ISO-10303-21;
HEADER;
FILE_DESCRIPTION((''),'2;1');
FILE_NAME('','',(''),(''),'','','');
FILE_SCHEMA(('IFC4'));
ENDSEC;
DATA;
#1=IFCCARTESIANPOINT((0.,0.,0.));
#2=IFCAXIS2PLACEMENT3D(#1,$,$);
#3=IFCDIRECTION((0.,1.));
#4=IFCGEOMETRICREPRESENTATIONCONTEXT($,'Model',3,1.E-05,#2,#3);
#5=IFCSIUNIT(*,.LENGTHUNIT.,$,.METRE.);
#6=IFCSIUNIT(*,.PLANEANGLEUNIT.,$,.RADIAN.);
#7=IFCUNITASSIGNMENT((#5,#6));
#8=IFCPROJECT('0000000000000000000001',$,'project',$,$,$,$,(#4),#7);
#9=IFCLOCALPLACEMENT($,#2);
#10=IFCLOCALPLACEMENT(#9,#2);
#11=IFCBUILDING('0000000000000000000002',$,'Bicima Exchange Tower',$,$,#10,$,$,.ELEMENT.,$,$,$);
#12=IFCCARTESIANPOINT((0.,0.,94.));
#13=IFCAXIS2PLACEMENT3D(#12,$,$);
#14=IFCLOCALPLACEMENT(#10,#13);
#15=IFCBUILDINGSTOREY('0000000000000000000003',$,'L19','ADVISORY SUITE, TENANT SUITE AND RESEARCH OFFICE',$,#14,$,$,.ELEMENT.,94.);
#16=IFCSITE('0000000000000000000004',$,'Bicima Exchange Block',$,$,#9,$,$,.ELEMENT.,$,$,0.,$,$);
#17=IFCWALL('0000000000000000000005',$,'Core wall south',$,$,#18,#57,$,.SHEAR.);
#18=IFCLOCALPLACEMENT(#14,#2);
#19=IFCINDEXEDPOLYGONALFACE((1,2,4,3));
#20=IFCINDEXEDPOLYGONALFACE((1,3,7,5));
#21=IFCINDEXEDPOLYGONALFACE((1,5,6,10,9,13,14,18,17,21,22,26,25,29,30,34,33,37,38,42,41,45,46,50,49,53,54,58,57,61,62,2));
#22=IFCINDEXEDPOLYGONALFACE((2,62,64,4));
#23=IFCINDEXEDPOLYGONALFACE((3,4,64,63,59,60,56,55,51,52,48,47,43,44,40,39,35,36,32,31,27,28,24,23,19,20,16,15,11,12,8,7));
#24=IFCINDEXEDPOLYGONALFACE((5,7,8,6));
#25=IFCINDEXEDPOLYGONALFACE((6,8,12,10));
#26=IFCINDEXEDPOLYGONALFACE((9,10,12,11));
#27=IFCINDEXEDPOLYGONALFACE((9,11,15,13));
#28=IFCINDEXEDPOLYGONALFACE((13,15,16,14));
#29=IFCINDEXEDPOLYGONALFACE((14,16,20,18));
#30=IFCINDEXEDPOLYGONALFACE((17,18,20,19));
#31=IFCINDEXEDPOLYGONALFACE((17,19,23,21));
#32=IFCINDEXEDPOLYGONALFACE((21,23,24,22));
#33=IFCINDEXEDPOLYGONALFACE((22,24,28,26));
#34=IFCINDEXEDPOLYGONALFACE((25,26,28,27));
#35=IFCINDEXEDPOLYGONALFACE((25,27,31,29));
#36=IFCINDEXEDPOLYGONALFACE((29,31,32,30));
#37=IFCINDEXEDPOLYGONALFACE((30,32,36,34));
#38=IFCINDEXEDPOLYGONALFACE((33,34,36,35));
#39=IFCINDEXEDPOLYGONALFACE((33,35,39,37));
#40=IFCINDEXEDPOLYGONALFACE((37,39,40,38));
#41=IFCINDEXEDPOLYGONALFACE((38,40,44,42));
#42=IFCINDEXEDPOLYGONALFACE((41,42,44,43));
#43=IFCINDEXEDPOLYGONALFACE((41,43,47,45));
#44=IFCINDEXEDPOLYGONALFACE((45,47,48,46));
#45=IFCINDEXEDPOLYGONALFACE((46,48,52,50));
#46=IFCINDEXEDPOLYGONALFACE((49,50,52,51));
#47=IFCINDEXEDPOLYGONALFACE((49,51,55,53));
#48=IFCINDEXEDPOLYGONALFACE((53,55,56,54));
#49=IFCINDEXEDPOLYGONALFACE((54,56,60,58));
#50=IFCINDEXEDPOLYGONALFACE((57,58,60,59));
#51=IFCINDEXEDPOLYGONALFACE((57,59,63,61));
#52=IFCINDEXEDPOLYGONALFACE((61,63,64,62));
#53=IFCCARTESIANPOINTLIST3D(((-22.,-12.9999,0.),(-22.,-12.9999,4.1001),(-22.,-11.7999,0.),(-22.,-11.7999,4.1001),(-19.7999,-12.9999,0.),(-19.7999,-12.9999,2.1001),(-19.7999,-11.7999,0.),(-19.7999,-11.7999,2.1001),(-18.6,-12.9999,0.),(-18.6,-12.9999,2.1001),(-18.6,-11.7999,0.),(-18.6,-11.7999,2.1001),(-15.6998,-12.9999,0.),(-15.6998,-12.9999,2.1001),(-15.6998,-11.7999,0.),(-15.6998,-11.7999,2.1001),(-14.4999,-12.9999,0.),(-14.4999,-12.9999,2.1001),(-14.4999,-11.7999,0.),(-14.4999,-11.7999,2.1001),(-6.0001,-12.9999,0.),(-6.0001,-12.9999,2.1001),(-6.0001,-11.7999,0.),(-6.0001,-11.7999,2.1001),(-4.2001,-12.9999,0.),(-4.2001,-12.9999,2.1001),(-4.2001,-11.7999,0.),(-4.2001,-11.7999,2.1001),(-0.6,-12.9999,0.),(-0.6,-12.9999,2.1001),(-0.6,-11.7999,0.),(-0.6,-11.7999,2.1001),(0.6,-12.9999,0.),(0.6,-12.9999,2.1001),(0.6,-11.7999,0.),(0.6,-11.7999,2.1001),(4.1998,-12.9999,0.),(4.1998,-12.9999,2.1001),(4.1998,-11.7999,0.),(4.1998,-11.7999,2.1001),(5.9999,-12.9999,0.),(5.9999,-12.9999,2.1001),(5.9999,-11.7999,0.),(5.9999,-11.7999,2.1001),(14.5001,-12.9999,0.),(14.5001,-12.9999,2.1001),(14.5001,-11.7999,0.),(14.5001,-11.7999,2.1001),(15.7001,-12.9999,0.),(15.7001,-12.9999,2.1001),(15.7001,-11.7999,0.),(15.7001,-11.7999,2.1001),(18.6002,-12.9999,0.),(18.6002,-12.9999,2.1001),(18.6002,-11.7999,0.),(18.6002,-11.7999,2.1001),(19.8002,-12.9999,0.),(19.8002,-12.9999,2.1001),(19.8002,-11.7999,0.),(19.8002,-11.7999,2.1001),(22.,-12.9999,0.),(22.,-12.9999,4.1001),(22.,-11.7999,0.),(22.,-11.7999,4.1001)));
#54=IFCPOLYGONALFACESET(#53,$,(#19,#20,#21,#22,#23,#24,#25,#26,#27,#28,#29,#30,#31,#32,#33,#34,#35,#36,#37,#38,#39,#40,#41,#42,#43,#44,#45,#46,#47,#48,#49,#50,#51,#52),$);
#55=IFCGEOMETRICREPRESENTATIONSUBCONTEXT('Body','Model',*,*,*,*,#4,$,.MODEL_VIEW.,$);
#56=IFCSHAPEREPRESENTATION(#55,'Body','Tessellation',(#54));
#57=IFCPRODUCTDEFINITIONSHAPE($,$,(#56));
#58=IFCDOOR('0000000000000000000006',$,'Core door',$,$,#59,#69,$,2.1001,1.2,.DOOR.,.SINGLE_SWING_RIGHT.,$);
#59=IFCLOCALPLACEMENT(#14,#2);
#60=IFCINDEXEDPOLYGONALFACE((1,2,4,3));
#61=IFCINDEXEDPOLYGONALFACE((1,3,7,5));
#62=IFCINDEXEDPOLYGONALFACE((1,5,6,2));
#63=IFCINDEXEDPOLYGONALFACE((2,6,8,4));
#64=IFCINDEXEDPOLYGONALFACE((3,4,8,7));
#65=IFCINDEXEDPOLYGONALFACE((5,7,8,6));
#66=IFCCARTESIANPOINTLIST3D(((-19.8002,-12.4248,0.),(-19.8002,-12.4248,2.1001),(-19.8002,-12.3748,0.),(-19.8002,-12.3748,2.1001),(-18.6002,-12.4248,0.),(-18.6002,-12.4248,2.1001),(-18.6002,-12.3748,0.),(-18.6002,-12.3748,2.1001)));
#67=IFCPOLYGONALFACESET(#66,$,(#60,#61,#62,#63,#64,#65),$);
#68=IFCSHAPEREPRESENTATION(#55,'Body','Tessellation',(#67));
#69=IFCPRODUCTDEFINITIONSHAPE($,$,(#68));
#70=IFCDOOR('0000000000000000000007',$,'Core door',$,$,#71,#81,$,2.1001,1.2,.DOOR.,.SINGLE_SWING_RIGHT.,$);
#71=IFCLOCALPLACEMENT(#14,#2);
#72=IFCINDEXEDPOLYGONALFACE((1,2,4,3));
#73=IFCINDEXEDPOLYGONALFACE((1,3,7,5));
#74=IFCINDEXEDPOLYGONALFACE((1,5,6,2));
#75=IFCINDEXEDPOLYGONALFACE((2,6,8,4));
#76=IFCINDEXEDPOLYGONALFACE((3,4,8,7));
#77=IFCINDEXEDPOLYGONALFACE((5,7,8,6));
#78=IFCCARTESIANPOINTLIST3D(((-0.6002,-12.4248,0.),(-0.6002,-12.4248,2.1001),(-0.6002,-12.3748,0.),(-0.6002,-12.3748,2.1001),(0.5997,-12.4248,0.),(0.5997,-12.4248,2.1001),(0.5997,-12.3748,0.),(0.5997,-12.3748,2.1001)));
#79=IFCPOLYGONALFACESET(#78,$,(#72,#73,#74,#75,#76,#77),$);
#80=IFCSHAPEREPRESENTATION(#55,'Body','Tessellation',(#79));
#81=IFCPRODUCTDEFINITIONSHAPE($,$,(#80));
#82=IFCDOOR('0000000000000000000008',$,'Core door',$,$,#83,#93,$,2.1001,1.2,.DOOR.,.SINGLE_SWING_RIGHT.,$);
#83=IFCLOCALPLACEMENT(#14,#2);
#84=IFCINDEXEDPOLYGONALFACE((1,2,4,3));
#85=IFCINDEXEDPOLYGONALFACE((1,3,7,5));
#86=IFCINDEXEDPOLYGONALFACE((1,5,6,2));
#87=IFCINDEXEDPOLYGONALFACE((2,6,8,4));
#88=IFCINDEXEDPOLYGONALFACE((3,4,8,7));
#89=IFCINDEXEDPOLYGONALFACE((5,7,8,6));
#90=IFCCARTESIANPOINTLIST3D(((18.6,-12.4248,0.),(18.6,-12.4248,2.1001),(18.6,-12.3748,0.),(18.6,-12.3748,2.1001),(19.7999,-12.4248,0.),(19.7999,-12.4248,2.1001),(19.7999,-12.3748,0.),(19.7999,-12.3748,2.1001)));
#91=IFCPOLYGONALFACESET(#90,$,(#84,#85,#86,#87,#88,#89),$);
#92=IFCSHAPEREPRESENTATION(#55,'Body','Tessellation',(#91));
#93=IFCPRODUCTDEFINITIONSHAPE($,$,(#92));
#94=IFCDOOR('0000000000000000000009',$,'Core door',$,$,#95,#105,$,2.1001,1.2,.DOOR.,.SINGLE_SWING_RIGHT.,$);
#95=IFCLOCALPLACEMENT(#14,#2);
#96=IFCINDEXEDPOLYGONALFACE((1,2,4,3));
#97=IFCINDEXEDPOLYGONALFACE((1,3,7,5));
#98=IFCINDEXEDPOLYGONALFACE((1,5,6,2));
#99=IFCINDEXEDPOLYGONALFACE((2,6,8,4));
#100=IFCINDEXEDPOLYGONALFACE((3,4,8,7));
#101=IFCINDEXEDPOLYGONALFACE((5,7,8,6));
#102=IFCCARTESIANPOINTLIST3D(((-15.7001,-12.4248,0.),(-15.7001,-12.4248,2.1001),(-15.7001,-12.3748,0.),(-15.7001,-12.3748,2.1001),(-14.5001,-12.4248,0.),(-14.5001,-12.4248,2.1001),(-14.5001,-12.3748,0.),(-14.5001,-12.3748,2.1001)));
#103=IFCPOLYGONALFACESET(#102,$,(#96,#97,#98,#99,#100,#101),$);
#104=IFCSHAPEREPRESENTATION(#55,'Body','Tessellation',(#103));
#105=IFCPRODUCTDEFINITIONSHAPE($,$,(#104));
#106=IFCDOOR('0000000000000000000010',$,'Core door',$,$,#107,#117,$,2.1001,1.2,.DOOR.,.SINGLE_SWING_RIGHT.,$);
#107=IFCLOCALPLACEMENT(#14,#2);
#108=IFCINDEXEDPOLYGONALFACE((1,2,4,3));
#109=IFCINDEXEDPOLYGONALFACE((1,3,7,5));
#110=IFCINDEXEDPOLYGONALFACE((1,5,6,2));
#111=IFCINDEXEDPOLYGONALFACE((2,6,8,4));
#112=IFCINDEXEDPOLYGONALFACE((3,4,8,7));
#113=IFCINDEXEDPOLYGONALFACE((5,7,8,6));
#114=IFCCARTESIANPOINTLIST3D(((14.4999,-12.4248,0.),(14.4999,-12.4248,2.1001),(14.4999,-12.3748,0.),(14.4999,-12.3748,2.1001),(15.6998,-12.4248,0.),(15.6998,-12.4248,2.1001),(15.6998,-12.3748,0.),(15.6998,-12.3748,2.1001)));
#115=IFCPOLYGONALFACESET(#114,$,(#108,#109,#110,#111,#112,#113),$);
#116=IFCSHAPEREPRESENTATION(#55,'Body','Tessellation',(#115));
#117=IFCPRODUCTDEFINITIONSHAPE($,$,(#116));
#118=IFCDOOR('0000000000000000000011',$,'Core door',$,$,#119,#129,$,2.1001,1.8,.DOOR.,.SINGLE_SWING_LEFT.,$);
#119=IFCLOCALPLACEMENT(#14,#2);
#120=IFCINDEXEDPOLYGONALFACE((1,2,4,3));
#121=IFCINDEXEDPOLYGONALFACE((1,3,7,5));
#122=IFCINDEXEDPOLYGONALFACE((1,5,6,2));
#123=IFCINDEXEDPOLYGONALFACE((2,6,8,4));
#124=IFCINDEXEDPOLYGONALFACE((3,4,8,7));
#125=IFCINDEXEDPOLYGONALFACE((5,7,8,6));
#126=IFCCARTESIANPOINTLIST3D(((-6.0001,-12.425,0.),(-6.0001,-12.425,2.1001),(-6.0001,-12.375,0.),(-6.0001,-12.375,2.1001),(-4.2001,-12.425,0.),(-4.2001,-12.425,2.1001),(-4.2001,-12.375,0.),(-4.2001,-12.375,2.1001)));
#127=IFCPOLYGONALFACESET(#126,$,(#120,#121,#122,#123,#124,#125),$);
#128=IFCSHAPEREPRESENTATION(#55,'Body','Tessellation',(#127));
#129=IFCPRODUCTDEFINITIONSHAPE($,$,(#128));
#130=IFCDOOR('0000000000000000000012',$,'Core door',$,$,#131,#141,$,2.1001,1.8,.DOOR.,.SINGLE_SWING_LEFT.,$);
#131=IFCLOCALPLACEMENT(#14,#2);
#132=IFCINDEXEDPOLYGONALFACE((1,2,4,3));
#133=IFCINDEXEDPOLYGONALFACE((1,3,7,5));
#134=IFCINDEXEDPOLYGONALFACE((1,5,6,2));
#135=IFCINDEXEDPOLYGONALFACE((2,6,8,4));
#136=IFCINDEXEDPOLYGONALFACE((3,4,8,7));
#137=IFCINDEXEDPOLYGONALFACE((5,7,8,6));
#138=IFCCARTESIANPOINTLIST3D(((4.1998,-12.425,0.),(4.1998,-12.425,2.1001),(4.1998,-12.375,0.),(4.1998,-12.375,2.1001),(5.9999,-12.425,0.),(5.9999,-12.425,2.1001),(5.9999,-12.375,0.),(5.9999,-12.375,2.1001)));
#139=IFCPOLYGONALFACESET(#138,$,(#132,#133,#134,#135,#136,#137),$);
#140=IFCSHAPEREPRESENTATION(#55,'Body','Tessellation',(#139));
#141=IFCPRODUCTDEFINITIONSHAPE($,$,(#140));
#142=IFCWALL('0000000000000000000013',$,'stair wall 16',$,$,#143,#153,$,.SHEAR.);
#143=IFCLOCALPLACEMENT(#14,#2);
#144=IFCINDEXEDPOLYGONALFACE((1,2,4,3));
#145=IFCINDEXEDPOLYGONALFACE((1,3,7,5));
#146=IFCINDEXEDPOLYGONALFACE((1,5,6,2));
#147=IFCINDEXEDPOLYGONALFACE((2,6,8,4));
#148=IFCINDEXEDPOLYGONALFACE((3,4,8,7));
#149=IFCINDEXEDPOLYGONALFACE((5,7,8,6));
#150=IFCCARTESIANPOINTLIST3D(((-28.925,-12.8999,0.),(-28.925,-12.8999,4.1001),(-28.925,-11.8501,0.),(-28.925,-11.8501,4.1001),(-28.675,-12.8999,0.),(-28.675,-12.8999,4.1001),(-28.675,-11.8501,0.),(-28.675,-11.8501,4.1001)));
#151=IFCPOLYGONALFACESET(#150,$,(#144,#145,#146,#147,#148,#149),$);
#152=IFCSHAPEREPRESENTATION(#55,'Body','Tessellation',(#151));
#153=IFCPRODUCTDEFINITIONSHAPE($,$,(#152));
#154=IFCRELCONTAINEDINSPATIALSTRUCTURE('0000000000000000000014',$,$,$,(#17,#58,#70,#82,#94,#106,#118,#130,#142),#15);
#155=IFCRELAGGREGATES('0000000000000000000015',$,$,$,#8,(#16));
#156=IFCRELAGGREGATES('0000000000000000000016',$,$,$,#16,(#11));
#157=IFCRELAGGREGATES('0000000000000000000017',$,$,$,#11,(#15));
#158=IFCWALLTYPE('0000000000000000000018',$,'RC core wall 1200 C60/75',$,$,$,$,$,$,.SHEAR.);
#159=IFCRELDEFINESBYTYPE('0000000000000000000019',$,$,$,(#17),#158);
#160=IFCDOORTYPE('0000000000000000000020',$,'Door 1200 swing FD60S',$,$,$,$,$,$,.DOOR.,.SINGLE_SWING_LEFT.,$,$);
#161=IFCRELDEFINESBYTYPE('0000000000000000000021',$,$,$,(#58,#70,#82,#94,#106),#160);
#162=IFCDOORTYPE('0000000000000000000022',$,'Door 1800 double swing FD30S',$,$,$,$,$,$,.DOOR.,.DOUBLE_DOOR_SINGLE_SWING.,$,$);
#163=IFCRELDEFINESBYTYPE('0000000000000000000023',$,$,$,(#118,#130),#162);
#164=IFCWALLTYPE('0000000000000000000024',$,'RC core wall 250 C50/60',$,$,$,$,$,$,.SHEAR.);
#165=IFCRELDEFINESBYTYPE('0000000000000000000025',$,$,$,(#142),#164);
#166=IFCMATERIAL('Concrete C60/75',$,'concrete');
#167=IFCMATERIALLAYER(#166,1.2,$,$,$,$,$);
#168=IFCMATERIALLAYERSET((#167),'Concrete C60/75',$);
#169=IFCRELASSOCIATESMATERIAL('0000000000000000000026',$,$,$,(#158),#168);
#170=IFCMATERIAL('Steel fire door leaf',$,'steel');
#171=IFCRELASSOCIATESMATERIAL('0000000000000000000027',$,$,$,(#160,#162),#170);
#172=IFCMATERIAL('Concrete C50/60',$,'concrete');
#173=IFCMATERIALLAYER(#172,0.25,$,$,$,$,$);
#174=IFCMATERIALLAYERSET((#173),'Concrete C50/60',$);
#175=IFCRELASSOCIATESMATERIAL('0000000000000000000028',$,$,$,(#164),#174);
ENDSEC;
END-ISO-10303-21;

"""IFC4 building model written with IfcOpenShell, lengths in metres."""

from ifc_helpers import new_model, si_unit, direction, frame, frame_2d, origin, place, context, subcontext, project, spatial, rectangle, extrude, material, layer, layer_set, type_object, element, fill, save


model = new_model("IFC4")

# Units and contexts
model_context = context("Model", 3, precision=1e-05, world=origin(), true_north=direction((0.0, 1.0)))
body_context = subcontext(model_context, "Body", "Model", "MODEL_VIEW")
ifc_project = project(units=[si_unit("LENGTHUNIT", "METRE"), si_unit("PLANEANGLEUNIT", "RADIAN")], contexts=[model_context])

# Site, building, storey
site_placement = place(None, origin())
site = spatial("IfcSite", under=ifc_project, at=site_placement, Name="Bicima Exchange Block", CompositionType="ELEMENT", RefElevation=0.0)
building_placement = place(site_placement, origin())
building = spatial("IfcBuilding", under=site, at=building_placement, Name="Bicima Exchange Tower", CompositionType="ELEMENT")
storey_placement = place(building_placement, frame((0.0, 0.0, 94.0)))
storey = spatial("IfcBuildingStorey", under=building, at=storey_placement, Name="L19", Description="ADVISORY SUITE, TENANT SUITE AND RESEARCH OFFICE", CompositionType="ELEMENT", Elevation=94.0)

# Shared definitions
ifc_material_1 = material(Name="Steel fire door leaf", Category="steel")

# Wall, openings, doors
ifc_material_2 = material(Name="Concrete C60/75", Category="concrete")
ifc_layer_1 = layer(ifc_material_2, 1.2)
ifc_layer_set_1 = layer_set([ifc_layer_1], Name="Concrete C60/75")
wall_type_1 = type_object("IfcWallType", Name="RC core wall 1200 C60/75", PredefinedType="SHEAR", material=ifc_layer_set_1)
wall_1_placement = place(storey_placement, frame((-22.0, -12.3999, 0.0), z_axis=(0.0, 0.0, 1.0), x_axis=(1.0, 0.0, 0.0)))
wall_1 = element("IfcWall", 1, at=wall_1_placement, inside=storey, type_object=wall_type_1, Name="Core wall south", PredefinedType="SHEAR", context=body_context, shape_type="SweptSolid", body=[
    extrude(rectangle(XDim=44.0, YDim=1.2, at=frame_2d((22.0, 0.0))), origin(), (0.0, 0.0, 1.0), 4.1001),
])
opening_1_placement = place(wall_1_placement, frame((2.2, 0.0, 0.0)))
opening_1 = element("IfcOpeningElement", 2, at=opening_1_placement, cuts=wall_1, PredefinedType="OPENING", context=body_context, shape_type="SweptSolid", body=[
    extrude(rectangle(XDim=1.2, YDim=2.1001, at=frame_2d((0.6001, 1.05))), frame((0.0, 0.6118, 0.0), z_axis=(0.0, -1.0, 0.0), x_axis=(1.0, 0.0, 0.0)), (0.0, 0.0, 1.0), 1.2239),
])
opening_2_placement = place(wall_1_placement, frame((21.3999, 0.0, 0.0)))
opening_2 = element("IfcOpeningElement", 3, at=opening_2_placement, cuts=wall_1, PredefinedType="OPENING", context=body_context, shape_type="SweptSolid", body=[
    extrude(rectangle(XDim=1.2, YDim=2.1001, at=frame_2d((0.6001, 1.05))), frame((0.0, 0.6118, 0.0), z_axis=(0.0, -1.0, 0.0), x_axis=(1.0, 0.0, 0.0)), (0.0, 0.0, 1.0), 1.2239),
])
opening_3_placement = place(wall_1_placement, frame((40.6001, 0.0, 0.0)))
opening_3 = element("IfcOpeningElement", 4, at=opening_3_placement, cuts=wall_1, PredefinedType="OPENING", context=body_context, shape_type="SweptSolid", body=[
    extrude(rectangle(XDim=1.2, YDim=2.1001, at=frame_2d((0.6001, 1.05))), frame((0.0, 0.6118, 0.0), z_axis=(0.0, -1.0, 0.0), x_axis=(1.0, 0.0, 0.0)), (0.0, 0.0, 1.0), 1.2239),
])
opening_4_placement = place(wall_1_placement, frame((16.0, 0.0, 0.0)))
opening_4 = element("IfcOpeningElement", 5, at=opening_4_placement, cuts=wall_1, PredefinedType="OPENING", context=body_context, shape_type="SweptSolid", body=[
    extrude(rectangle(XDim=1.8, YDim=2.1001, at=frame_2d((0.8999, 1.05))), frame((0.0, 0.6118, 0.0), z_axis=(0.0, -1.0, 0.0), x_axis=(1.0, 0.0, 0.0)), (0.0, 0.0, 1.0), 1.2239),
])
opening_5_placement = place(wall_1_placement, frame((6.3, 0.0, 0.0)))
opening_5 = element("IfcOpeningElement", 6, at=opening_5_placement, cuts=wall_1, PredefinedType="OPENING", context=body_context, shape_type="SweptSolid", body=[
    extrude(rectangle(XDim=1.2, YDim=2.1001, at=frame_2d((0.6001, 1.05))), frame((0.0, 0.6118, 0.0), z_axis=(0.0, -1.0, 0.0), x_axis=(1.0, 0.0, 0.0)), (0.0, 0.0, 1.0), 1.2239),
])
opening_6_placement = place(wall_1_placement, frame((26.2, 0.0, 0.0)))
opening_6 = element("IfcOpeningElement", 7, at=opening_6_placement, cuts=wall_1, PredefinedType="OPENING", context=body_context, shape_type="SweptSolid", body=[
    extrude(rectangle(XDim=1.8, YDim=2.1001, at=frame_2d((0.8999, 1.05))), frame((0.0, 0.6118, 0.0), z_axis=(0.0, -1.0, 0.0), x_axis=(1.0, 0.0, 0.0)), (0.0, 0.0, 1.0), 1.2239),
])
opening_7_placement = place(wall_1_placement, frame((36.5, 0.0, 0.0)))
opening_7 = element("IfcOpeningElement", 8, at=opening_7_placement, cuts=wall_1, PredefinedType="OPENING", context=body_context, shape_type="SweptSolid", body=[
    extrude(rectangle(XDim=1.2, YDim=2.1001, at=frame_2d((0.6001, 1.05))), frame((0.0, 0.6118, 0.0), z_axis=(0.0, -1.0, 0.0), x_axis=(1.0, 0.0, 0.0)), (0.0, 0.0, 1.0), 1.2239),
])
door_type_1 = type_object("IfcDoorType", Name="Door 1200 swing FD60S", OperationType="SINGLE_SWING_LEFT", PredefinedType="DOOR", material=ifc_material_1)
door_1_placement = place(opening_1_placement, frame((1.2, 0.0, 0.0), z_axis=(0.0, 0.0, 1.0), x_axis=(-1.0, 0.0, 0.0)))
door_1 = element("IfcDoor", 9, at=door_1_placement, inside=storey, type_object=door_type_1, Name="Core door", OperationType="SINGLE_SWING_RIGHT", OverallHeight=2.1001, OverallWidth=1.2, PredefinedType="DOOR", context=body_context, shape_type="SweptSolid", body=[
    extrude(rectangle(XDim=1.2, YDim=2.1001, at=frame_2d((0.6001, 1.05))), frame((0.0, 0.0249, 0.0), z_axis=(0.0, -1.0, 0.0), x_axis=(1.0, 0.0, 0.0)), (0.0, 0.0, 1.0), 0.05),
])
fill(opening_1, door_1)
door_2_placement = place(opening_2_placement, frame((1.2, 0.0, 0.0), z_axis=(0.0, 0.0, 1.0), x_axis=(-1.0, 0.0, 0.0)))
door_2 = element("IfcDoor", 10, at=door_2_placement, inside=storey, type_object=door_type_1, Name="Core door", OperationType="SINGLE_SWING_RIGHT", OverallHeight=2.1001, OverallWidth=1.2, PredefinedType="DOOR", context=body_context, shape_type="SweptSolid", body=[
    extrude(rectangle(XDim=1.2, YDim=2.1001, at=frame_2d((0.6001, 1.05))), frame((0.0, 0.0249, 0.0), z_axis=(0.0, -1.0, 0.0), x_axis=(1.0, 0.0, 0.0)), (0.0, 0.0, 1.0), 0.05),
])
fill(opening_2, door_2)
door_3_placement = place(opening_3_placement, frame((1.2, 0.0, 0.0), z_axis=(0.0, 0.0, 1.0), x_axis=(-1.0, 0.0, 0.0)))
door_3 = element("IfcDoor", 11, at=door_3_placement, inside=storey, type_object=door_type_1, Name="Core door", OperationType="SINGLE_SWING_RIGHT", OverallHeight=2.1001, OverallWidth=1.2, PredefinedType="DOOR", context=body_context, shape_type="SweptSolid", body=[
    extrude(rectangle(XDim=1.2, YDim=2.1001, at=frame_2d((0.6001, 1.05))), frame((0.0, 0.0249, 0.0), z_axis=(0.0, -1.0, 0.0), x_axis=(1.0, 0.0, 0.0)), (0.0, 0.0, 1.0), 0.05),
])
fill(opening_3, door_3)
door_4_placement = place(opening_5_placement, frame((1.2, 0.0, 0.0), z_axis=(0.0, 0.0, 1.0), x_axis=(-1.0, 0.0, 0.0)))
door_4 = element("IfcDoor", 12, at=door_4_placement, inside=storey, type_object=door_type_1, Name="Core door", OperationType="SINGLE_SWING_RIGHT", OverallHeight=2.1001, OverallWidth=1.2, PredefinedType="DOOR", context=body_context, shape_type="SweptSolid", body=[
    extrude(rectangle(XDim=1.2, YDim=2.1001, at=frame_2d((0.6001, 1.05))), frame((0.0, 0.0249, 0.0), z_axis=(0.0, -1.0, 0.0), x_axis=(1.0, 0.0, 0.0)), (0.0, 0.0, 1.0), 0.05),
])
fill(opening_5, door_4)
door_5_placement = place(opening_7_placement, frame((1.2, 0.0, 0.0), z_axis=(0.0, 0.0, 1.0), x_axis=(-1.0, 0.0, 0.0)))
door_5 = element("IfcDoor", 13, at=door_5_placement, inside=storey, type_object=door_type_1, Name="Core door", OperationType="SINGLE_SWING_RIGHT", OverallHeight=2.1001, OverallWidth=1.2, PredefinedType="DOOR", context=body_context, shape_type="SweptSolid", body=[
    extrude(rectangle(XDim=1.2, YDim=2.1001, at=frame_2d((0.6001, 1.05))), frame((0.0, 0.0249, 0.0), z_axis=(0.0, -1.0, 0.0), x_axis=(1.0, 0.0, 0.0)), (0.0, 0.0, 1.0), 0.05),
])
fill(opening_7, door_5)
door_type_2 = type_object("IfcDoorType", Name="Door 1800 double swing FD30S", OperationType="DOUBLE_DOOR_SINGLE_SWING", PredefinedType="DOOR", material=ifc_material_1)
door_6_placement = place(opening_4_placement, origin())
door_6 = element("IfcDoor", 14, at=door_6_placement, inside=storey, type_object=door_type_2, Name="Core door", OperationType="SINGLE_SWING_LEFT", OverallHeight=2.1001, OverallWidth=1.8, PredefinedType="DOOR", context=body_context, shape_type="SweptSolid", body=[
    extrude(rectangle(XDim=1.8, YDim=2.1001, at=frame_2d((0.8999, 1.05))), frame((0.0, 0.0249, 0.0), z_axis=(0.0, -1.0, 0.0), x_axis=(1.0, 0.0, 0.0)), (0.0, 0.0, 1.0), 0.05),
])
fill(opening_4, door_6)
door_7_placement = place(opening_6_placement, origin())
door_7 = element("IfcDoor", 15, at=door_7_placement, inside=storey, type_object=door_type_2, Name="Core door", OperationType="SINGLE_SWING_LEFT", OverallHeight=2.1001, OverallWidth=1.8, PredefinedType="DOOR", context=body_context, shape_type="SweptSolid", body=[
    extrude(rectangle(XDim=1.8, YDim=2.1001, at=frame_2d((0.8999, 1.05))), frame((0.0, 0.0249, 0.0), z_axis=(0.0, -1.0, 0.0), x_axis=(1.0, 0.0, 0.0)), (0.0, 0.0, 1.0), 0.05),
])
fill(opening_6, door_7)

# Wall
ifc_material_3 = material(Name="Concrete C50/60", Category="concrete")
ifc_layer_2 = layer(ifc_material_3, 0.25)
ifc_layer_set_2 = layer_set([ifc_layer_2], Name="Concrete C50/60")
wall_type_2 = type_object("IfcWallType", Name="RC core wall 250 C50/60", PredefinedType="SHEAR", material=ifc_layer_set_2)
wall_2_placement = place(storey_placement, frame((-28.8, -12.8999, 0.0), z_axis=(0.0, 0.0, 1.0), x_axis=(0.0, 1.0, 0.0)))
element("IfcWall", 16, at=wall_2_placement, inside=storey, type_object=wall_type_2, Name="stair wall 16", PredefinedType="SHEAR", context=body_context, shape_type="SweptSolid", body=[
    extrude(rectangle(XDim=1.0498, YDim=0.25, at=frame_2d((0.5249, 0.0))), origin(), (0.0, 0.0, 1.0), 4.1001),
])

save(model, "model.ifc")
